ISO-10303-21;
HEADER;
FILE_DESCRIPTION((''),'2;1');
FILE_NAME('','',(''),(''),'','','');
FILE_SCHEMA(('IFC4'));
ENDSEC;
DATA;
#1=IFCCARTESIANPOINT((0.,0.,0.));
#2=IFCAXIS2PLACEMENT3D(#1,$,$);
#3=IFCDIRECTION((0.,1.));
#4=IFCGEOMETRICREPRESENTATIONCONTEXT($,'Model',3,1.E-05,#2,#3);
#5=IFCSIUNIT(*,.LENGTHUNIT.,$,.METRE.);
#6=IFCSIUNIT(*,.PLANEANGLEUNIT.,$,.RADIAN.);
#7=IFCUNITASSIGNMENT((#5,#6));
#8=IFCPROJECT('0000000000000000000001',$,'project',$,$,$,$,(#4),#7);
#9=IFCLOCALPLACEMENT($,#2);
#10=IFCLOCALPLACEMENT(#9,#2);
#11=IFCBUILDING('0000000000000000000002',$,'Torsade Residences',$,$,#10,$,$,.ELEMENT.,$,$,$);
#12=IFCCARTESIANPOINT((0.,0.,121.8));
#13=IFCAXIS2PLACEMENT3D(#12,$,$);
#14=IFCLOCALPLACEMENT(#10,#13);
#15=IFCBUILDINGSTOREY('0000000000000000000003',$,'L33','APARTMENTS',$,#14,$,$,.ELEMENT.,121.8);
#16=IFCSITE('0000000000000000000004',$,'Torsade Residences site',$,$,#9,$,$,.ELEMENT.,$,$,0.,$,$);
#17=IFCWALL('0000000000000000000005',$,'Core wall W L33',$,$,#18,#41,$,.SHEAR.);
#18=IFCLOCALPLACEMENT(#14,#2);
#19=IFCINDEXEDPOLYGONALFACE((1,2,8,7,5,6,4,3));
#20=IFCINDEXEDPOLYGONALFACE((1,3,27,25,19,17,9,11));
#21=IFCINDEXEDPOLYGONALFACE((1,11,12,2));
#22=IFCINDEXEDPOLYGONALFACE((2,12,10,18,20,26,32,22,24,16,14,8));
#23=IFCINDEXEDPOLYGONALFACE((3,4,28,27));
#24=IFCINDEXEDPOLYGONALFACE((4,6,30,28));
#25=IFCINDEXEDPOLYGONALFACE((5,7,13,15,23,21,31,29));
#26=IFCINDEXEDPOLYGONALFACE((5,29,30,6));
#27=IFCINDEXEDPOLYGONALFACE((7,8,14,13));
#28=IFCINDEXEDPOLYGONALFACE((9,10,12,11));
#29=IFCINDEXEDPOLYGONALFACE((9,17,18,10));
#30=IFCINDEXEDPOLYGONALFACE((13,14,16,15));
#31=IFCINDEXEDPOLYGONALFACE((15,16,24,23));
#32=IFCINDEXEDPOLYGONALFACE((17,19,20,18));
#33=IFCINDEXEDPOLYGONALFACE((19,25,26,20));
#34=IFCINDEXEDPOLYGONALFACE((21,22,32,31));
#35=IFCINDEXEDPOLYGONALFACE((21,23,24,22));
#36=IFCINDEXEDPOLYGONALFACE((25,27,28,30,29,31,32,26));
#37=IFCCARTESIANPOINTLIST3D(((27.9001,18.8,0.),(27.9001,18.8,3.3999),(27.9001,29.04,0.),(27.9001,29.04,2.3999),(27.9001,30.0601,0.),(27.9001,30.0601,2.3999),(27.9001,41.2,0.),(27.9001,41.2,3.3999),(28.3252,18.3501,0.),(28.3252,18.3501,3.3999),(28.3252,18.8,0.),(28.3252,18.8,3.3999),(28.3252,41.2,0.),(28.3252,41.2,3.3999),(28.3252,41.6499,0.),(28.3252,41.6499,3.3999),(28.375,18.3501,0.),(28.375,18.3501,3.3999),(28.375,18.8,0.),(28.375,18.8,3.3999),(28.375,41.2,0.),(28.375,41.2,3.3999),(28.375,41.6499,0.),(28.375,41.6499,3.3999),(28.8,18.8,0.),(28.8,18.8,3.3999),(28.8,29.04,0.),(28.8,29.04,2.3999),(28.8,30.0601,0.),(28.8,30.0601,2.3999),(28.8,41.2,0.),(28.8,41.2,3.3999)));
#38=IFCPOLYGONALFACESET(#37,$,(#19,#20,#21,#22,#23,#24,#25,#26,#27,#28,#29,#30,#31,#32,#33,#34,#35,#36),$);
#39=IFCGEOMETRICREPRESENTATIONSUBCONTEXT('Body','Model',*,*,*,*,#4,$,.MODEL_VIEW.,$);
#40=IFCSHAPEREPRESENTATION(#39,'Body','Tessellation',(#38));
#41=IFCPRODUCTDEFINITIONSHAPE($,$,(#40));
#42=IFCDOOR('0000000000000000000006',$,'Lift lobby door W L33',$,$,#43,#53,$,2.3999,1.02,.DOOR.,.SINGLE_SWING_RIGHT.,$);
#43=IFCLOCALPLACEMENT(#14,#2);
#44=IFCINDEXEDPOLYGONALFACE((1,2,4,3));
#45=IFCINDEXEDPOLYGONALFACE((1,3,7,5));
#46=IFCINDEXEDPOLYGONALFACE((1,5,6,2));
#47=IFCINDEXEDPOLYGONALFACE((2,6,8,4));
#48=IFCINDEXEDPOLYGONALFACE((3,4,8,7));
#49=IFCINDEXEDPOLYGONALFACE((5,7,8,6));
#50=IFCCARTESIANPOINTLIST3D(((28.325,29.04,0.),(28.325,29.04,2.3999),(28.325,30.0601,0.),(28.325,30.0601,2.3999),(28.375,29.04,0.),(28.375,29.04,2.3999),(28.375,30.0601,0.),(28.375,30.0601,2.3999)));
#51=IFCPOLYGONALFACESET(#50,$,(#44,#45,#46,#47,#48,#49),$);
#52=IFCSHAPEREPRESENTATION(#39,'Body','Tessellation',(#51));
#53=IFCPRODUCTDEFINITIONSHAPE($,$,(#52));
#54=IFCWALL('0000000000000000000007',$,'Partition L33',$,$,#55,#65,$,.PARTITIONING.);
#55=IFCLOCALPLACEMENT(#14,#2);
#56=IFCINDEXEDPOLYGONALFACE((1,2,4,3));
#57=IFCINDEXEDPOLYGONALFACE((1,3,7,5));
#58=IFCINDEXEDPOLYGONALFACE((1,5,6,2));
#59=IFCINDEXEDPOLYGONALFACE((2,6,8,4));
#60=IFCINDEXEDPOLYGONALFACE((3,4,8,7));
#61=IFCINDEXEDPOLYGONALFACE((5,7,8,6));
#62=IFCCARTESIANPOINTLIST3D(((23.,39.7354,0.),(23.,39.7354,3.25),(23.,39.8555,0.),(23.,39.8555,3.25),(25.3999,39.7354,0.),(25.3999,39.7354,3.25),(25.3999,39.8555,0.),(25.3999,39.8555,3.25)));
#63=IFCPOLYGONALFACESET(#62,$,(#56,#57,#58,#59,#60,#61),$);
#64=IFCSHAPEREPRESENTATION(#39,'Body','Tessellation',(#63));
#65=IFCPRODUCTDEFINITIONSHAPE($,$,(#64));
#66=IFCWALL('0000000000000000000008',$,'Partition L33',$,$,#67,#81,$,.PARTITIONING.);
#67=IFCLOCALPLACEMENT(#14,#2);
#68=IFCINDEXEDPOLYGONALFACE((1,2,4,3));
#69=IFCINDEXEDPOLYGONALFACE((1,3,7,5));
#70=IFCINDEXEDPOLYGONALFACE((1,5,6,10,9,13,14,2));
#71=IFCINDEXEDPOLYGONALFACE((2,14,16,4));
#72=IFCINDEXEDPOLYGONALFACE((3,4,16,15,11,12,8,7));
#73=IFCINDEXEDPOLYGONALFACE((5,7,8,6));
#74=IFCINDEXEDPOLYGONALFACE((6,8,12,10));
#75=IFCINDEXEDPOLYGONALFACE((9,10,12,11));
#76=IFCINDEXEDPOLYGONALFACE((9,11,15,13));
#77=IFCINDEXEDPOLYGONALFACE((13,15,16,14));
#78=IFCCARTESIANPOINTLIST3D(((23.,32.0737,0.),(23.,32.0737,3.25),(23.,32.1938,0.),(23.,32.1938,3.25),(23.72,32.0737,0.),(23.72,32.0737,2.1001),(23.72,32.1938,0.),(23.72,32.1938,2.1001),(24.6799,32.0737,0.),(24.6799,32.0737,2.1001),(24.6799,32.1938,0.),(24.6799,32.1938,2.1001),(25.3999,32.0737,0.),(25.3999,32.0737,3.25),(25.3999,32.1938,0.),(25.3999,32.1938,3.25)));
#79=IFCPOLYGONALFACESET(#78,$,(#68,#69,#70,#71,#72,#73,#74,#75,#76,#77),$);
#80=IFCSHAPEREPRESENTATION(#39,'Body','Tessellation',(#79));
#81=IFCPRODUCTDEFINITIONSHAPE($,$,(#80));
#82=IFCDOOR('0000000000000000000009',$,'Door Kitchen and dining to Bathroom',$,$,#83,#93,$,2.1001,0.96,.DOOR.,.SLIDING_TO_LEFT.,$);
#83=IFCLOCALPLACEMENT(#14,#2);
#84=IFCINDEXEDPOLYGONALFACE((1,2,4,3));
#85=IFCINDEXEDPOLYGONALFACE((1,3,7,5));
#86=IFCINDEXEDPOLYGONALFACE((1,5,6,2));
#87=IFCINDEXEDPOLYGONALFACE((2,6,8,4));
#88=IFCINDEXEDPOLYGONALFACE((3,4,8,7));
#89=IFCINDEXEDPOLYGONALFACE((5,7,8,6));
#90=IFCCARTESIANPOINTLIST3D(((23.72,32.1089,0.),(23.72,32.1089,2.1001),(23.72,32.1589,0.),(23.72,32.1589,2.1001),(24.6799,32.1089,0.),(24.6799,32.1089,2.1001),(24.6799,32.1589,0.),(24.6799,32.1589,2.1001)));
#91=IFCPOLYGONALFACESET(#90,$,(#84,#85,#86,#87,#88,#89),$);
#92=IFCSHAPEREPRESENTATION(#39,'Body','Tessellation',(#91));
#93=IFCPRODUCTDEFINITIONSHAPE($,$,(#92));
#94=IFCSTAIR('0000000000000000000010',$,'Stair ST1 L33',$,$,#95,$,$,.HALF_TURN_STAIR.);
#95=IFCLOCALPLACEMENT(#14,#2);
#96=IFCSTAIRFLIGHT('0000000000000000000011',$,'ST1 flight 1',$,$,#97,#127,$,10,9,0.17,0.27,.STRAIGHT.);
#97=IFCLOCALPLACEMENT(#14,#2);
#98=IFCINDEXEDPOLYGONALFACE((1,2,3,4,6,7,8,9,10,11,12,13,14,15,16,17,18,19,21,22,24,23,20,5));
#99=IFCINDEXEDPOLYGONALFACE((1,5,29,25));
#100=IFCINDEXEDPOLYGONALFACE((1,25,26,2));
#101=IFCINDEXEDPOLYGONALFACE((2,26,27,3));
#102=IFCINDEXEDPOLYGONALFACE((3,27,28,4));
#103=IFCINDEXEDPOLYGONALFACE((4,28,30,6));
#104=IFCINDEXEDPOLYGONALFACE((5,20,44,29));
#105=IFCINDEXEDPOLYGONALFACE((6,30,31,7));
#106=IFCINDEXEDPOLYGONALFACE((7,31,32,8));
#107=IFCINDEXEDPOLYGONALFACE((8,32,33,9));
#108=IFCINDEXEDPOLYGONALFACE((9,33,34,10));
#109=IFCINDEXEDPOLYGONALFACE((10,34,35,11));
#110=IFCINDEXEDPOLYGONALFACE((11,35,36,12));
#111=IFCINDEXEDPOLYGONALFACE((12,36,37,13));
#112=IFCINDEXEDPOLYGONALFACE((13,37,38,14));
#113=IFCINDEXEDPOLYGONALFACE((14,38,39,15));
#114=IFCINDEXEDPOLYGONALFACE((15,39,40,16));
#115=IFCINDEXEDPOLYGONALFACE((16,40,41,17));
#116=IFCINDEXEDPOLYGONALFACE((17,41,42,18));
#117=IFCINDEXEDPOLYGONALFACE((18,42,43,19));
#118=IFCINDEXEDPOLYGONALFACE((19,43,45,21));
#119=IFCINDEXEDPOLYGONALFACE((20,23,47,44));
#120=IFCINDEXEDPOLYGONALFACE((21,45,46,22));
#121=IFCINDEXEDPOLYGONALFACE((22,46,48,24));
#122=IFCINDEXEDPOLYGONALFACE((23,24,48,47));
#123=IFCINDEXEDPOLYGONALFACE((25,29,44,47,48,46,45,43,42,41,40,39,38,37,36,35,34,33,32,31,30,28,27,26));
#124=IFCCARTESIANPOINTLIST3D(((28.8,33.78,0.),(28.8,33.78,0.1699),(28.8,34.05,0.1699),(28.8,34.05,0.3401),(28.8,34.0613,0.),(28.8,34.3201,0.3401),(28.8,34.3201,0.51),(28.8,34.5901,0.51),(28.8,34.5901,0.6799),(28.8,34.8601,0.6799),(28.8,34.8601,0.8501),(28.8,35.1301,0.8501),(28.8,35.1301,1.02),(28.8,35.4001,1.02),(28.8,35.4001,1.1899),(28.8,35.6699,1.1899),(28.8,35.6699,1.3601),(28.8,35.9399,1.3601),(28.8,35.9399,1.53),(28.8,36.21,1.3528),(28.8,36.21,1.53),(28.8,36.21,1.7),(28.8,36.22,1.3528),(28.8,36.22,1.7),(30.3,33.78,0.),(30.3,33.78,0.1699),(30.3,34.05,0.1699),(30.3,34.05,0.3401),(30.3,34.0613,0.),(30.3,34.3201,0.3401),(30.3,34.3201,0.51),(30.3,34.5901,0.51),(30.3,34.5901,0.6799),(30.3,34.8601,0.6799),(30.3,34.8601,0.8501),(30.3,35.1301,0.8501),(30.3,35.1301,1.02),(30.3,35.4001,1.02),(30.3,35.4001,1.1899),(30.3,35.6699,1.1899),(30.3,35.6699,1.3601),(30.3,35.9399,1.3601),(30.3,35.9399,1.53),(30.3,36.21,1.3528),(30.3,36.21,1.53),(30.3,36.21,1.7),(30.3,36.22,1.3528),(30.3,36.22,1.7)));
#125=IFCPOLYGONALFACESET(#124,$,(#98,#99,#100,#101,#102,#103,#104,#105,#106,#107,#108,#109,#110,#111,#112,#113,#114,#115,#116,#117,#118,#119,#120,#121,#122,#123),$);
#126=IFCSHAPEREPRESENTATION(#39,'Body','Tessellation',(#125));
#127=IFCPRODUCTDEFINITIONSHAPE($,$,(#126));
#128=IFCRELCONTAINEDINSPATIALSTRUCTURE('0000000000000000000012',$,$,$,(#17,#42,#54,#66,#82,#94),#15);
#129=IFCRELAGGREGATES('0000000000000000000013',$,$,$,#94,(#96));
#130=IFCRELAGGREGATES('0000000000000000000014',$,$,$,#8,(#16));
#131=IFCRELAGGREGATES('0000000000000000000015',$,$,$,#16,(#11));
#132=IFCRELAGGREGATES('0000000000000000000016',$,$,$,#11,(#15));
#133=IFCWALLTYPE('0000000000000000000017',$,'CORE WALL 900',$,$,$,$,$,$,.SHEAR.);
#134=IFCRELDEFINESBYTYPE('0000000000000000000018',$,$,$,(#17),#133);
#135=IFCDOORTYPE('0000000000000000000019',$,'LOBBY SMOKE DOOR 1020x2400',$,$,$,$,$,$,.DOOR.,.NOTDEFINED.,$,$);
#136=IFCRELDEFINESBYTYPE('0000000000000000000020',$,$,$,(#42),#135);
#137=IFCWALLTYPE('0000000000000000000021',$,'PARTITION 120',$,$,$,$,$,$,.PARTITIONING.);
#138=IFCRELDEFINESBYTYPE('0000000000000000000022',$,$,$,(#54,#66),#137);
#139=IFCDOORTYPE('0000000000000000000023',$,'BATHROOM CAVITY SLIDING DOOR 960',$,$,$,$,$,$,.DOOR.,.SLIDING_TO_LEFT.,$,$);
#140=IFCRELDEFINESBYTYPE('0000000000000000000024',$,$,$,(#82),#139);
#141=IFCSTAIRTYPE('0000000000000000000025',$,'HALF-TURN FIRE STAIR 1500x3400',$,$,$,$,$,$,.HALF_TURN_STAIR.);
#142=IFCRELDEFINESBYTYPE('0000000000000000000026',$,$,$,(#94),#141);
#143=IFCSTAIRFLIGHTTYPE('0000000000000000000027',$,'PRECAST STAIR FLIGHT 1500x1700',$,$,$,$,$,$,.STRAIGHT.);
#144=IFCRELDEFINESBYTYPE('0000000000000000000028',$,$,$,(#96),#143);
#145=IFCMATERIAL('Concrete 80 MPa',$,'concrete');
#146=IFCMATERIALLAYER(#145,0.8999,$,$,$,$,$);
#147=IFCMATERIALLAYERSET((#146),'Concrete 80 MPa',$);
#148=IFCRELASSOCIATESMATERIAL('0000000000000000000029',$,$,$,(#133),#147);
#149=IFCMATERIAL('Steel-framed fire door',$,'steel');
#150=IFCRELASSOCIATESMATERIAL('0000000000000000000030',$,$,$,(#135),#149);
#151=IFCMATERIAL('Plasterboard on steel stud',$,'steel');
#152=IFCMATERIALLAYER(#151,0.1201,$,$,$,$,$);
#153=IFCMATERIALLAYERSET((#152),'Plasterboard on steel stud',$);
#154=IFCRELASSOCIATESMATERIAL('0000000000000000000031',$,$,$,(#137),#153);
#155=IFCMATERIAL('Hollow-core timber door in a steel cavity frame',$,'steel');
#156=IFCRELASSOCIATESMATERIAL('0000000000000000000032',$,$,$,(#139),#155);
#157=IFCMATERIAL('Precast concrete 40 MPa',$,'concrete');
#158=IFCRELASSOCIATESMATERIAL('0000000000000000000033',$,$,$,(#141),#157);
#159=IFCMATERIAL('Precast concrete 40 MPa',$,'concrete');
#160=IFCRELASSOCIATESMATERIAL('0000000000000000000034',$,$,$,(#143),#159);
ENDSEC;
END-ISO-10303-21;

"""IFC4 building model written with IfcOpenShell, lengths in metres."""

from ifc_helpers import new_model, si_unit, direction, frame, frame_2d, origin, place, context, subcontext, project, spatial, polyline, rectangle, outline, extrude, material, layer, layer_set, type_object, element, fill, aggregate, save


model = new_model("IFC4")

# Units and contexts
model_context = context("Model", 3, precision=1e-05, world=origin(), true_north=direction((0.0, 1.0)))
body_context = subcontext(model_context, "Body", "Model", "MODEL_VIEW")
ifc_project = project(units=[si_unit("LENGTHUNIT", "METRE"), si_unit("PLANEANGLEUNIT", "RADIAN")], contexts=[model_context])

# Site, building, storey
site_placement = place(None, origin())
site = spatial("IfcSite", under=ifc_project, at=site_placement, Name="Torsade Residences site", CompositionType="ELEMENT", RefElevation=0.0)
building_placement = place(site_placement, origin())
building = spatial("IfcBuilding", under=site, at=building_placement, Name="Torsade Residences", CompositionType="ELEMENT")
storey_placement = place(building_placement, frame((0.0, 0.0, 121.8)))
storey = spatial("IfcBuildingStorey", under=building, at=storey_placement, Name="L33", Description="APARTMENTS", CompositionType="ELEMENT", Elevation=121.8)

# Shared definitions
ifc_material_1 = material(Name="Concrete 80 MPa", Category="concrete")
ifc_layer_1 = layer(ifc_material_1, 0.8999)
ifc_layer_set_1 = layer_set([ifc_layer_1], Name="Concrete 80 MPa")
wall_type_1 = type_object("IfcWallType", Name="CORE WALL 900", PredefinedType="SHEAR", material=ifc_layer_set_1)

# Wall, opening, door
wall_1_placement = place(storey_placement, frame((28.3501, 41.2, 0.0), z_axis=(0.0, 0.0, 1.0), x_axis=(0.0, -1.0, 0.0)))
wall_1 = element("IfcWall", 1, at=wall_1_placement, inside=storey, type_object=wall_type_1, Name="Core wall W L33", PredefinedType="SHEAR", context=body_context, shape_type="SweptSolid", body=[
    extrude(outline(polyline([(0.0, -0.45), (22.3999, -0.45), (22.3999, -0.0249), (22.8499, -0.0249), (22.8499, 0.0249), (22.3999, 0.0249), (22.3999, 0.45), (0.0, 0.45), (0.0, 0.0249), (-0.45, 0.0249), (-0.45, -0.0249), (0.0, -0.0249), (0.0, -0.45)])), origin(), (0.0, 0.0, 1.0), 3.3999),
])
opening_1_placement = place(wall_1_placement, frame((11.1399, 0.0, 0.0)))
opening_1 = element("IfcOpeningElement", 2, at=opening_1_placement, cuts=wall_1, PredefinedType="OPENING", context=body_context, shape_type="SweptSolid", body=[
    extrude(rectangle(XDim=1.02, YDim=2.3999, at=frame_2d((0.51, 1.2))), frame((0.0, 0.46, 0.0), z_axis=(0.0, -1.0, 0.0), x_axis=(1.0, 0.0, 0.0)), (0.0, 0.0, 1.0), 0.9199),
])
ifc_material_2 = material(Name="Steel-framed fire door", Category="steel")
door_type_1 = type_object("IfcDoorType", Name="LOBBY SMOKE DOOR 1020x2400", OperationType="NOTDEFINED", PredefinedType="DOOR", material=ifc_material_2)
door_1_placement = place(opening_1_placement, origin())
door_1 = element("IfcDoor", 3, at=door_1_placement, inside=storey, type_object=door_type_1, Name="Lift lobby door W L33", OperationType="SINGLE_SWING_RIGHT", OverallHeight=2.3999, OverallWidth=1.02, PredefinedType="DOOR", context=body_context, shape_type="SweptSolid", body=[
    extrude(rectangle(XDim=1.02, YDim=2.3999, at=frame_2d((0.51, 1.2))), frame((0.0, 0.0249, 0.0), z_axis=(0.0, -1.0, 0.0), x_axis=(1.0, 0.0, 0.0)), (0.0, 0.0, 1.0), 0.05),
])
fill(opening_1, door_1)

# Wall
ifc_material_3 = material(Name="Plasterboard on steel stud", Category="steel")
ifc_layer_2 = layer(ifc_material_3, 0.1201)
ifc_layer_set_2 = layer_set([ifc_layer_2], Name="Plasterboard on steel stud")
wall_type_2 = type_object("IfcWallType", Name="PARTITION 120", PredefinedType="PARTITIONING", material=ifc_layer_set_2)
wall_2_placement = place(storey_placement, frame((25.3999, 39.7954, 0.0), z_axis=(0.0, 0.0, 1.0), x_axis=(-1.0, 0.0, 0.0)))
element("IfcWall", 4, at=wall_2_placement, inside=storey, type_object=wall_type_2, Name="Partition L33", PredefinedType="PARTITIONING", context=body_context, shape_type="SweptSolid", body=[
    extrude(rectangle(XDim=2.3999, YDim=0.1201, at=frame_2d((1.2, 0.0))), origin(), (0.0, 0.0, 1.0), 3.25),
])

# Wall, opening, door
wall_3_placement = place(storey_placement, frame((25.3999, 32.1338, 0.0), z_axis=(0.0, 0.0, 1.0), x_axis=(-1.0, 0.0, 0.0)))
wall_3 = element("IfcWall", 5, at=wall_3_placement, inside=storey, type_object=wall_type_2, Name="Partition L33", PredefinedType="PARTITIONING", context=body_context, shape_type="SweptSolid", body=[
    extrude(rectangle(XDim=2.3999, YDim=0.1201, at=frame_2d((1.2, 0.0))), origin(), (0.0, 0.0, 1.0), 3.25),
])
opening_2_placement = place(wall_3_placement, frame((0.72, 0.0, 0.0)))
opening_2 = element("IfcOpeningElement", 6, at=opening_2_placement, cuts=wall_3, PredefinedType="OPENING", context=body_context, shape_type="SweptSolid", body=[
    extrude(rectangle(XDim=0.96, YDim=2.1001, at=frame_2d((0.48, 1.05))), frame((0.0, 0.0701, 0.0), z_axis=(0.0, -1.0, 0.0), x_axis=(1.0, 0.0, 0.0)), (0.0, 0.0, 1.0), 0.1401),
])
ifc_material_4 = material(Name="Hollow-core timber door in a steel cavity frame", Category="steel")
door_type_2 = type_object("IfcDoorType", Name="BATHROOM CAVITY SLIDING DOOR 960", OperationType="SLIDING_TO_LEFT", PredefinedType="DOOR", material=ifc_material_4)
door_2_placement = place(opening_2_placement, origin())
door_2 = element("IfcDoor", 7, at=door_2_placement, inside=storey, type_object=door_type_2, Name="Door Kitchen and dining to Bathroom", OperationType="SLIDING_TO_LEFT", OverallHeight=2.1001, OverallWidth=0.96, PredefinedType="DOOR", context=body_context, shape_type="SweptSolid", body=[
    extrude(rectangle(XDim=0.96, YDim=2.1001, at=frame_2d((0.48, 1.05))), frame((0.0, 0.0249, 0.0), z_axis=(0.0, -1.0, 0.0), x_axis=(1.0, 0.0, 0.0)), (0.0, 0.0, 1.0), 0.05),
])
fill(opening_2, door_2)

# Stair, stair flight
ifc_material_5 = material(Name="Precast concrete 40 MPa", Category="concrete")
stair_type = type_object("IfcStairType", Name="HALF-TURN FIRE STAIR 1500x3400", PredefinedType="HALF_TURN_STAIR", material=ifc_material_5)
stair_placement = place(storey_placement, origin())
stair = element("IfcStair", 8, at=stair_placement, inside=storey, type_object=stair_type, Name="Stair ST1 L33", PredefinedType="HALF_TURN_STAIR")
ifc_material_6 = material(Name="Precast concrete 40 MPa", Category="concrete")
stair_flight_type = type_object("IfcStairFlightType", Name="PRECAST STAIR FLIGHT 1500x1700", PredefinedType="STRAIGHT", material=ifc_material_6)
stair_flight_placement = place(storey_placement, frame((29.55, 33.78, 0.0), z_axis=(0.0, 0.0, 1.0), x_axis=(0.0, 1.0, 0.0)))
stair_flight = element("IfcStairFlight", 9, at=stair_flight_placement, type_object=stair_flight_type, Name="ST1 flight 1", NumberOfRisers=10, NumberOfTreads=9, PredefinedType="STRAIGHT", RiserHeight=0.17, TreadLength=0.27, context=body_context, shape_type="SweptSolid", body=[
    extrude(outline(polyline([(0.0, 0.0), (0.0, 0.1699), (0.27, 0.1699), (0.27, 0.3401), (0.54, 0.3401), (0.54, 0.51), (0.8101, 0.51), (0.8101, 0.6799), (1.0801, 0.6799), (1.0801, 0.8501), (1.3501, 0.8501), (1.3501, 1.02), (1.6201, 1.02), (1.6201, 1.1899), (1.8899, 1.1899), (1.8899, 1.3601), (2.1599, 1.3601), (2.1599, 1.53), (2.4299, 1.53), (2.4299, 1.7), (2.4399, 1.7), (2.4399, 1.3528), (2.4299, 1.3528), (0.2812, 0.0), (0.0, 0.0)])), frame((0.0, 0.75, 0.0), z_axis=(0.0, -1.0, 0.0), x_axis=(1.0, 0.0, 0.0)), (0.0, 0.0, 1.0), 1.5),
])
aggregate(stair, [stair_flight])

save(model, "model.ifc")
